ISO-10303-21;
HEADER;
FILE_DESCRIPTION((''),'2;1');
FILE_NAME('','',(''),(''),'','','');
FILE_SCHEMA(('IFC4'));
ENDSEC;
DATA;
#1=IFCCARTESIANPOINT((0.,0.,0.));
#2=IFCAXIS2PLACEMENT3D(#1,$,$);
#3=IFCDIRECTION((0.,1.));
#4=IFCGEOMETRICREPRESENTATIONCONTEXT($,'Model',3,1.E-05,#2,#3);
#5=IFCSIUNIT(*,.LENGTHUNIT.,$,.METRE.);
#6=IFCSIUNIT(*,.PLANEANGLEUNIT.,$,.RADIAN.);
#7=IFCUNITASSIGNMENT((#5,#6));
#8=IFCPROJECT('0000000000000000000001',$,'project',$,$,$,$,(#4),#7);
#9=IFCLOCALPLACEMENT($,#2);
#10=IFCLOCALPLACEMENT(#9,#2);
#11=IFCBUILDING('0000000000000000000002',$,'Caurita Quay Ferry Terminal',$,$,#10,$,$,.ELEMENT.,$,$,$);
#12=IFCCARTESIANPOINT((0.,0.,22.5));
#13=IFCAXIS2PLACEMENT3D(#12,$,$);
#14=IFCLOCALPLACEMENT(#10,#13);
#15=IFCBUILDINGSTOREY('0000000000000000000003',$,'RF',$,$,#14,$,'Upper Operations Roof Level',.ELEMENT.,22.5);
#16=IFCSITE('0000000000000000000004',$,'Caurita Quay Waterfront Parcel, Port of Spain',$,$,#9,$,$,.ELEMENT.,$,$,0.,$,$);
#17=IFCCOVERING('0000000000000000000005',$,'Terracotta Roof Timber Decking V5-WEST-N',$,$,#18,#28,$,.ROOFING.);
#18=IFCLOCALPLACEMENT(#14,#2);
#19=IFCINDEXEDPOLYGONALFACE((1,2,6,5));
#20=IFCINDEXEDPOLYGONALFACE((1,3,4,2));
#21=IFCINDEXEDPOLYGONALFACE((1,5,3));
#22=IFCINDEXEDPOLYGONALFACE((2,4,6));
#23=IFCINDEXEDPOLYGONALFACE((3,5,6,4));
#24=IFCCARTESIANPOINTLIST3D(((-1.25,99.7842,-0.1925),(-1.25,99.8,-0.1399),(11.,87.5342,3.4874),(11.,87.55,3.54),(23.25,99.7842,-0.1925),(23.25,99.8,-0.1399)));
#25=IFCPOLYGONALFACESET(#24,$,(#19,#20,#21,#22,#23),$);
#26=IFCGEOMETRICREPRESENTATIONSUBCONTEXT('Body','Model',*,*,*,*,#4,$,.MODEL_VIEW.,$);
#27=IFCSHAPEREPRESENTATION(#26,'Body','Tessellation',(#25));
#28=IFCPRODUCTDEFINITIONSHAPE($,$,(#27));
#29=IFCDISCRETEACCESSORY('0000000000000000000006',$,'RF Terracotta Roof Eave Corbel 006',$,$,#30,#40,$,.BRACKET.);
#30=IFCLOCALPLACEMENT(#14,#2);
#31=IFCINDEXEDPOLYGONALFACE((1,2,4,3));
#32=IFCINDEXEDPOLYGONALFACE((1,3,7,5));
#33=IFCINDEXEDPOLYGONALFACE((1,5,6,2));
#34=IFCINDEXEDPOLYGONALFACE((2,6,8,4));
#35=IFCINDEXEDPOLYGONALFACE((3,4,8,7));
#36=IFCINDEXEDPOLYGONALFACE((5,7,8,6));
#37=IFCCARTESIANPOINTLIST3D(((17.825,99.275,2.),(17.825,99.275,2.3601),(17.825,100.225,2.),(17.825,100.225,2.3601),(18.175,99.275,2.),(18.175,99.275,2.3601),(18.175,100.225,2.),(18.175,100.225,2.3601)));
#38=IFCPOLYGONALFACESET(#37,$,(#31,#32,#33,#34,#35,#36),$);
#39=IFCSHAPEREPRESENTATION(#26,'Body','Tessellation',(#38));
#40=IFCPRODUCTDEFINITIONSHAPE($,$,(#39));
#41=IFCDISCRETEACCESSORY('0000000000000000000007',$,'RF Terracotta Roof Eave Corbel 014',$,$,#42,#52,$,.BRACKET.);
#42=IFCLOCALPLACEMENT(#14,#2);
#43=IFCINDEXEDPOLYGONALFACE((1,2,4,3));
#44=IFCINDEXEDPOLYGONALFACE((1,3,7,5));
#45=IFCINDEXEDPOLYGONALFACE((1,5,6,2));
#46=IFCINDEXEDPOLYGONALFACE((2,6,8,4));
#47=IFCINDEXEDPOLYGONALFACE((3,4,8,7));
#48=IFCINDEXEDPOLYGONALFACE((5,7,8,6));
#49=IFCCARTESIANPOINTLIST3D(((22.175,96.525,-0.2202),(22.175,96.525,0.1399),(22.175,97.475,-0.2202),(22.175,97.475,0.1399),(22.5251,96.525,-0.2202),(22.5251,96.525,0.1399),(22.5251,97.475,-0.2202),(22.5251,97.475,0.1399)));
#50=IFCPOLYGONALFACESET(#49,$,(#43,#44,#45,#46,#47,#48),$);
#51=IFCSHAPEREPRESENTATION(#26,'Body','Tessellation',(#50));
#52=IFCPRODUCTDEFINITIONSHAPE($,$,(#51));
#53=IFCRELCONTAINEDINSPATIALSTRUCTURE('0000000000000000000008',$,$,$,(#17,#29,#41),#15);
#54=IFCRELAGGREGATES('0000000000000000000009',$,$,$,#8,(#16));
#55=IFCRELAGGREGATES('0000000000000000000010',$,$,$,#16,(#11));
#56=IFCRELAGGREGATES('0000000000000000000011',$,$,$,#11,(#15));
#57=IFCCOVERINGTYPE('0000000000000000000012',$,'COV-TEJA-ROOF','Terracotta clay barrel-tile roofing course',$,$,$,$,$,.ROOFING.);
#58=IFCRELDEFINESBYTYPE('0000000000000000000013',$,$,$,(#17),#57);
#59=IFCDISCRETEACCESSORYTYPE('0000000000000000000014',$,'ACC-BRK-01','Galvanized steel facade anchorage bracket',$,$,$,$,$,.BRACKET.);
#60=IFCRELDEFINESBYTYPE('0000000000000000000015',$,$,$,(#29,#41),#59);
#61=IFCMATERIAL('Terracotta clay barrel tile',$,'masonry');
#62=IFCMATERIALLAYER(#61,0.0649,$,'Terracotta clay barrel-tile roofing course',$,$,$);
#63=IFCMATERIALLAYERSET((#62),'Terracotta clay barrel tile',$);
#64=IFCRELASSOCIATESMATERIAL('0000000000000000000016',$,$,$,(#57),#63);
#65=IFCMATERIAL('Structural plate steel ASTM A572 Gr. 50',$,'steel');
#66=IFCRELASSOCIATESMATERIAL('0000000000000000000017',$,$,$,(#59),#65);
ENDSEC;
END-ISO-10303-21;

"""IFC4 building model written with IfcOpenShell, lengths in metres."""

from ifc_helpers import new_model, si_unit, direction, frame, origin, origin_2d, place, context, subcontext, project, spatial, polyline, rectangle, outline, extrude, material, layer, layer_set, type_object, element, save


model = new_model("IFC4")

# Units and contexts
model_context = context("Model", 3, precision=1e-05, world=origin(), true_north=direction((0.0, 1.0)))
body_context = subcontext(model_context, "Body", "Model", "MODEL_VIEW")
ifc_project = project(units=[si_unit("LENGTHUNIT", "METRE"), si_unit("PLANEANGLEUNIT", "RADIAN")], contexts=[model_context])

# Site, building, storey
site_placement = place(None, origin())
site = spatial("IfcSite", under=ifc_project, at=site_placement, Name="Caurita Quay Waterfront Parcel, Port of Spain", CompositionType="ELEMENT", RefElevation=0.0)
building_placement = place(site_placement, origin())
building = spatial("IfcBuilding", under=site, at=building_placement, Name="Caurita Quay Ferry Terminal", CompositionType="ELEMENT")
storey_placement = place(building_placement, frame((0.0, 0.0, 22.5)))
storey = spatial("IfcBuildingStorey", under=building, at=storey_placement, Name="RF", LongName="Upper Operations Roof Level", CompositionType="ELEMENT", Elevation=22.5)

# Shared definitions
ifc_material_1 = material(Name="Structural plate steel ASTM A572 Gr. 50", Category="steel")

# Shared definitions
ifc_material_2 = material(Name="Terracotta clay barrel tile", Category="masonry")

# Covering
ifc_layer_1 = layer(ifc_material_2, 0.0649, Name="Terracotta clay barrel-tile roofing course")
ifc_layer_set_1 = layer_set([ifc_layer_1], Name="Terracotta clay barrel tile")
covering_type_1 = type_object("IfcCoveringType", Name="COV-TEJA-ROOF", Description="Terracotta clay barrel-tile roofing course", PredefinedType="ROOFING", material=ifc_layer_set_1)
covering_1_placement = place(storey_placement, frame((23.25, 99.8, -0.1399), z_axis=(0.0, 0.287702, 0.95772), x_axis=(-1.0, 0.0, 0.0)))
element("IfcCovering", 1, at=covering_1_placement, inside=storey, type_object=covering_type_1, Name="Terracotta Roof Timber Decking V5-WEST-N", PredefinedType="ROOFING", context=body_context, shape_type="SweptSolid", body=[
    extrude(outline(polyline([(0.0, 0.0), (24.5, 0.0), (12.25, 12.7908), (0.0, 0.0)])), origin(), (0.0, 0.0, -1.0), 0.0549),
])

# Discrete accessories
discrete_accessory_type = type_object("IfcDiscreteAccessoryType", Name="ACC-BRK-01", Description="Galvanized steel facade anchorage bracket", PredefinedType="BRACKET", material=ifc_material_1)
for number, where, z_axis, x_axis, name in (
    (2, (18.0, 99.75, 2.0), (0.0, 0.0, 1.0), (1.0, 0.0, 0.0), "RF Terracotta Roof Eave Corbel 006"),
    (3, (22.3501, 97.0, -0.2202), (0.0, 0.0, 1.0), (1.0, 0.0, 0.0), "RF Terracotta Roof Eave Corbel 014"),
):
    element("IfcDiscreteAccessory", number, at=place(storey_placement, frame(where, z_axis=z_axis, x_axis=x_axis)), inside=storey, type_object=discrete_accessory_type, Name=name, PredefinedType="BRACKET", context=body_context, shape_type="SweptSolid", body=[
        extrude(rectangle(XDim=0.3501, YDim=0.95, at=origin_2d()), origin(), (0.0, 0.0, 1.0), 0.3601),
    ])

save(model, "model.ifc")
